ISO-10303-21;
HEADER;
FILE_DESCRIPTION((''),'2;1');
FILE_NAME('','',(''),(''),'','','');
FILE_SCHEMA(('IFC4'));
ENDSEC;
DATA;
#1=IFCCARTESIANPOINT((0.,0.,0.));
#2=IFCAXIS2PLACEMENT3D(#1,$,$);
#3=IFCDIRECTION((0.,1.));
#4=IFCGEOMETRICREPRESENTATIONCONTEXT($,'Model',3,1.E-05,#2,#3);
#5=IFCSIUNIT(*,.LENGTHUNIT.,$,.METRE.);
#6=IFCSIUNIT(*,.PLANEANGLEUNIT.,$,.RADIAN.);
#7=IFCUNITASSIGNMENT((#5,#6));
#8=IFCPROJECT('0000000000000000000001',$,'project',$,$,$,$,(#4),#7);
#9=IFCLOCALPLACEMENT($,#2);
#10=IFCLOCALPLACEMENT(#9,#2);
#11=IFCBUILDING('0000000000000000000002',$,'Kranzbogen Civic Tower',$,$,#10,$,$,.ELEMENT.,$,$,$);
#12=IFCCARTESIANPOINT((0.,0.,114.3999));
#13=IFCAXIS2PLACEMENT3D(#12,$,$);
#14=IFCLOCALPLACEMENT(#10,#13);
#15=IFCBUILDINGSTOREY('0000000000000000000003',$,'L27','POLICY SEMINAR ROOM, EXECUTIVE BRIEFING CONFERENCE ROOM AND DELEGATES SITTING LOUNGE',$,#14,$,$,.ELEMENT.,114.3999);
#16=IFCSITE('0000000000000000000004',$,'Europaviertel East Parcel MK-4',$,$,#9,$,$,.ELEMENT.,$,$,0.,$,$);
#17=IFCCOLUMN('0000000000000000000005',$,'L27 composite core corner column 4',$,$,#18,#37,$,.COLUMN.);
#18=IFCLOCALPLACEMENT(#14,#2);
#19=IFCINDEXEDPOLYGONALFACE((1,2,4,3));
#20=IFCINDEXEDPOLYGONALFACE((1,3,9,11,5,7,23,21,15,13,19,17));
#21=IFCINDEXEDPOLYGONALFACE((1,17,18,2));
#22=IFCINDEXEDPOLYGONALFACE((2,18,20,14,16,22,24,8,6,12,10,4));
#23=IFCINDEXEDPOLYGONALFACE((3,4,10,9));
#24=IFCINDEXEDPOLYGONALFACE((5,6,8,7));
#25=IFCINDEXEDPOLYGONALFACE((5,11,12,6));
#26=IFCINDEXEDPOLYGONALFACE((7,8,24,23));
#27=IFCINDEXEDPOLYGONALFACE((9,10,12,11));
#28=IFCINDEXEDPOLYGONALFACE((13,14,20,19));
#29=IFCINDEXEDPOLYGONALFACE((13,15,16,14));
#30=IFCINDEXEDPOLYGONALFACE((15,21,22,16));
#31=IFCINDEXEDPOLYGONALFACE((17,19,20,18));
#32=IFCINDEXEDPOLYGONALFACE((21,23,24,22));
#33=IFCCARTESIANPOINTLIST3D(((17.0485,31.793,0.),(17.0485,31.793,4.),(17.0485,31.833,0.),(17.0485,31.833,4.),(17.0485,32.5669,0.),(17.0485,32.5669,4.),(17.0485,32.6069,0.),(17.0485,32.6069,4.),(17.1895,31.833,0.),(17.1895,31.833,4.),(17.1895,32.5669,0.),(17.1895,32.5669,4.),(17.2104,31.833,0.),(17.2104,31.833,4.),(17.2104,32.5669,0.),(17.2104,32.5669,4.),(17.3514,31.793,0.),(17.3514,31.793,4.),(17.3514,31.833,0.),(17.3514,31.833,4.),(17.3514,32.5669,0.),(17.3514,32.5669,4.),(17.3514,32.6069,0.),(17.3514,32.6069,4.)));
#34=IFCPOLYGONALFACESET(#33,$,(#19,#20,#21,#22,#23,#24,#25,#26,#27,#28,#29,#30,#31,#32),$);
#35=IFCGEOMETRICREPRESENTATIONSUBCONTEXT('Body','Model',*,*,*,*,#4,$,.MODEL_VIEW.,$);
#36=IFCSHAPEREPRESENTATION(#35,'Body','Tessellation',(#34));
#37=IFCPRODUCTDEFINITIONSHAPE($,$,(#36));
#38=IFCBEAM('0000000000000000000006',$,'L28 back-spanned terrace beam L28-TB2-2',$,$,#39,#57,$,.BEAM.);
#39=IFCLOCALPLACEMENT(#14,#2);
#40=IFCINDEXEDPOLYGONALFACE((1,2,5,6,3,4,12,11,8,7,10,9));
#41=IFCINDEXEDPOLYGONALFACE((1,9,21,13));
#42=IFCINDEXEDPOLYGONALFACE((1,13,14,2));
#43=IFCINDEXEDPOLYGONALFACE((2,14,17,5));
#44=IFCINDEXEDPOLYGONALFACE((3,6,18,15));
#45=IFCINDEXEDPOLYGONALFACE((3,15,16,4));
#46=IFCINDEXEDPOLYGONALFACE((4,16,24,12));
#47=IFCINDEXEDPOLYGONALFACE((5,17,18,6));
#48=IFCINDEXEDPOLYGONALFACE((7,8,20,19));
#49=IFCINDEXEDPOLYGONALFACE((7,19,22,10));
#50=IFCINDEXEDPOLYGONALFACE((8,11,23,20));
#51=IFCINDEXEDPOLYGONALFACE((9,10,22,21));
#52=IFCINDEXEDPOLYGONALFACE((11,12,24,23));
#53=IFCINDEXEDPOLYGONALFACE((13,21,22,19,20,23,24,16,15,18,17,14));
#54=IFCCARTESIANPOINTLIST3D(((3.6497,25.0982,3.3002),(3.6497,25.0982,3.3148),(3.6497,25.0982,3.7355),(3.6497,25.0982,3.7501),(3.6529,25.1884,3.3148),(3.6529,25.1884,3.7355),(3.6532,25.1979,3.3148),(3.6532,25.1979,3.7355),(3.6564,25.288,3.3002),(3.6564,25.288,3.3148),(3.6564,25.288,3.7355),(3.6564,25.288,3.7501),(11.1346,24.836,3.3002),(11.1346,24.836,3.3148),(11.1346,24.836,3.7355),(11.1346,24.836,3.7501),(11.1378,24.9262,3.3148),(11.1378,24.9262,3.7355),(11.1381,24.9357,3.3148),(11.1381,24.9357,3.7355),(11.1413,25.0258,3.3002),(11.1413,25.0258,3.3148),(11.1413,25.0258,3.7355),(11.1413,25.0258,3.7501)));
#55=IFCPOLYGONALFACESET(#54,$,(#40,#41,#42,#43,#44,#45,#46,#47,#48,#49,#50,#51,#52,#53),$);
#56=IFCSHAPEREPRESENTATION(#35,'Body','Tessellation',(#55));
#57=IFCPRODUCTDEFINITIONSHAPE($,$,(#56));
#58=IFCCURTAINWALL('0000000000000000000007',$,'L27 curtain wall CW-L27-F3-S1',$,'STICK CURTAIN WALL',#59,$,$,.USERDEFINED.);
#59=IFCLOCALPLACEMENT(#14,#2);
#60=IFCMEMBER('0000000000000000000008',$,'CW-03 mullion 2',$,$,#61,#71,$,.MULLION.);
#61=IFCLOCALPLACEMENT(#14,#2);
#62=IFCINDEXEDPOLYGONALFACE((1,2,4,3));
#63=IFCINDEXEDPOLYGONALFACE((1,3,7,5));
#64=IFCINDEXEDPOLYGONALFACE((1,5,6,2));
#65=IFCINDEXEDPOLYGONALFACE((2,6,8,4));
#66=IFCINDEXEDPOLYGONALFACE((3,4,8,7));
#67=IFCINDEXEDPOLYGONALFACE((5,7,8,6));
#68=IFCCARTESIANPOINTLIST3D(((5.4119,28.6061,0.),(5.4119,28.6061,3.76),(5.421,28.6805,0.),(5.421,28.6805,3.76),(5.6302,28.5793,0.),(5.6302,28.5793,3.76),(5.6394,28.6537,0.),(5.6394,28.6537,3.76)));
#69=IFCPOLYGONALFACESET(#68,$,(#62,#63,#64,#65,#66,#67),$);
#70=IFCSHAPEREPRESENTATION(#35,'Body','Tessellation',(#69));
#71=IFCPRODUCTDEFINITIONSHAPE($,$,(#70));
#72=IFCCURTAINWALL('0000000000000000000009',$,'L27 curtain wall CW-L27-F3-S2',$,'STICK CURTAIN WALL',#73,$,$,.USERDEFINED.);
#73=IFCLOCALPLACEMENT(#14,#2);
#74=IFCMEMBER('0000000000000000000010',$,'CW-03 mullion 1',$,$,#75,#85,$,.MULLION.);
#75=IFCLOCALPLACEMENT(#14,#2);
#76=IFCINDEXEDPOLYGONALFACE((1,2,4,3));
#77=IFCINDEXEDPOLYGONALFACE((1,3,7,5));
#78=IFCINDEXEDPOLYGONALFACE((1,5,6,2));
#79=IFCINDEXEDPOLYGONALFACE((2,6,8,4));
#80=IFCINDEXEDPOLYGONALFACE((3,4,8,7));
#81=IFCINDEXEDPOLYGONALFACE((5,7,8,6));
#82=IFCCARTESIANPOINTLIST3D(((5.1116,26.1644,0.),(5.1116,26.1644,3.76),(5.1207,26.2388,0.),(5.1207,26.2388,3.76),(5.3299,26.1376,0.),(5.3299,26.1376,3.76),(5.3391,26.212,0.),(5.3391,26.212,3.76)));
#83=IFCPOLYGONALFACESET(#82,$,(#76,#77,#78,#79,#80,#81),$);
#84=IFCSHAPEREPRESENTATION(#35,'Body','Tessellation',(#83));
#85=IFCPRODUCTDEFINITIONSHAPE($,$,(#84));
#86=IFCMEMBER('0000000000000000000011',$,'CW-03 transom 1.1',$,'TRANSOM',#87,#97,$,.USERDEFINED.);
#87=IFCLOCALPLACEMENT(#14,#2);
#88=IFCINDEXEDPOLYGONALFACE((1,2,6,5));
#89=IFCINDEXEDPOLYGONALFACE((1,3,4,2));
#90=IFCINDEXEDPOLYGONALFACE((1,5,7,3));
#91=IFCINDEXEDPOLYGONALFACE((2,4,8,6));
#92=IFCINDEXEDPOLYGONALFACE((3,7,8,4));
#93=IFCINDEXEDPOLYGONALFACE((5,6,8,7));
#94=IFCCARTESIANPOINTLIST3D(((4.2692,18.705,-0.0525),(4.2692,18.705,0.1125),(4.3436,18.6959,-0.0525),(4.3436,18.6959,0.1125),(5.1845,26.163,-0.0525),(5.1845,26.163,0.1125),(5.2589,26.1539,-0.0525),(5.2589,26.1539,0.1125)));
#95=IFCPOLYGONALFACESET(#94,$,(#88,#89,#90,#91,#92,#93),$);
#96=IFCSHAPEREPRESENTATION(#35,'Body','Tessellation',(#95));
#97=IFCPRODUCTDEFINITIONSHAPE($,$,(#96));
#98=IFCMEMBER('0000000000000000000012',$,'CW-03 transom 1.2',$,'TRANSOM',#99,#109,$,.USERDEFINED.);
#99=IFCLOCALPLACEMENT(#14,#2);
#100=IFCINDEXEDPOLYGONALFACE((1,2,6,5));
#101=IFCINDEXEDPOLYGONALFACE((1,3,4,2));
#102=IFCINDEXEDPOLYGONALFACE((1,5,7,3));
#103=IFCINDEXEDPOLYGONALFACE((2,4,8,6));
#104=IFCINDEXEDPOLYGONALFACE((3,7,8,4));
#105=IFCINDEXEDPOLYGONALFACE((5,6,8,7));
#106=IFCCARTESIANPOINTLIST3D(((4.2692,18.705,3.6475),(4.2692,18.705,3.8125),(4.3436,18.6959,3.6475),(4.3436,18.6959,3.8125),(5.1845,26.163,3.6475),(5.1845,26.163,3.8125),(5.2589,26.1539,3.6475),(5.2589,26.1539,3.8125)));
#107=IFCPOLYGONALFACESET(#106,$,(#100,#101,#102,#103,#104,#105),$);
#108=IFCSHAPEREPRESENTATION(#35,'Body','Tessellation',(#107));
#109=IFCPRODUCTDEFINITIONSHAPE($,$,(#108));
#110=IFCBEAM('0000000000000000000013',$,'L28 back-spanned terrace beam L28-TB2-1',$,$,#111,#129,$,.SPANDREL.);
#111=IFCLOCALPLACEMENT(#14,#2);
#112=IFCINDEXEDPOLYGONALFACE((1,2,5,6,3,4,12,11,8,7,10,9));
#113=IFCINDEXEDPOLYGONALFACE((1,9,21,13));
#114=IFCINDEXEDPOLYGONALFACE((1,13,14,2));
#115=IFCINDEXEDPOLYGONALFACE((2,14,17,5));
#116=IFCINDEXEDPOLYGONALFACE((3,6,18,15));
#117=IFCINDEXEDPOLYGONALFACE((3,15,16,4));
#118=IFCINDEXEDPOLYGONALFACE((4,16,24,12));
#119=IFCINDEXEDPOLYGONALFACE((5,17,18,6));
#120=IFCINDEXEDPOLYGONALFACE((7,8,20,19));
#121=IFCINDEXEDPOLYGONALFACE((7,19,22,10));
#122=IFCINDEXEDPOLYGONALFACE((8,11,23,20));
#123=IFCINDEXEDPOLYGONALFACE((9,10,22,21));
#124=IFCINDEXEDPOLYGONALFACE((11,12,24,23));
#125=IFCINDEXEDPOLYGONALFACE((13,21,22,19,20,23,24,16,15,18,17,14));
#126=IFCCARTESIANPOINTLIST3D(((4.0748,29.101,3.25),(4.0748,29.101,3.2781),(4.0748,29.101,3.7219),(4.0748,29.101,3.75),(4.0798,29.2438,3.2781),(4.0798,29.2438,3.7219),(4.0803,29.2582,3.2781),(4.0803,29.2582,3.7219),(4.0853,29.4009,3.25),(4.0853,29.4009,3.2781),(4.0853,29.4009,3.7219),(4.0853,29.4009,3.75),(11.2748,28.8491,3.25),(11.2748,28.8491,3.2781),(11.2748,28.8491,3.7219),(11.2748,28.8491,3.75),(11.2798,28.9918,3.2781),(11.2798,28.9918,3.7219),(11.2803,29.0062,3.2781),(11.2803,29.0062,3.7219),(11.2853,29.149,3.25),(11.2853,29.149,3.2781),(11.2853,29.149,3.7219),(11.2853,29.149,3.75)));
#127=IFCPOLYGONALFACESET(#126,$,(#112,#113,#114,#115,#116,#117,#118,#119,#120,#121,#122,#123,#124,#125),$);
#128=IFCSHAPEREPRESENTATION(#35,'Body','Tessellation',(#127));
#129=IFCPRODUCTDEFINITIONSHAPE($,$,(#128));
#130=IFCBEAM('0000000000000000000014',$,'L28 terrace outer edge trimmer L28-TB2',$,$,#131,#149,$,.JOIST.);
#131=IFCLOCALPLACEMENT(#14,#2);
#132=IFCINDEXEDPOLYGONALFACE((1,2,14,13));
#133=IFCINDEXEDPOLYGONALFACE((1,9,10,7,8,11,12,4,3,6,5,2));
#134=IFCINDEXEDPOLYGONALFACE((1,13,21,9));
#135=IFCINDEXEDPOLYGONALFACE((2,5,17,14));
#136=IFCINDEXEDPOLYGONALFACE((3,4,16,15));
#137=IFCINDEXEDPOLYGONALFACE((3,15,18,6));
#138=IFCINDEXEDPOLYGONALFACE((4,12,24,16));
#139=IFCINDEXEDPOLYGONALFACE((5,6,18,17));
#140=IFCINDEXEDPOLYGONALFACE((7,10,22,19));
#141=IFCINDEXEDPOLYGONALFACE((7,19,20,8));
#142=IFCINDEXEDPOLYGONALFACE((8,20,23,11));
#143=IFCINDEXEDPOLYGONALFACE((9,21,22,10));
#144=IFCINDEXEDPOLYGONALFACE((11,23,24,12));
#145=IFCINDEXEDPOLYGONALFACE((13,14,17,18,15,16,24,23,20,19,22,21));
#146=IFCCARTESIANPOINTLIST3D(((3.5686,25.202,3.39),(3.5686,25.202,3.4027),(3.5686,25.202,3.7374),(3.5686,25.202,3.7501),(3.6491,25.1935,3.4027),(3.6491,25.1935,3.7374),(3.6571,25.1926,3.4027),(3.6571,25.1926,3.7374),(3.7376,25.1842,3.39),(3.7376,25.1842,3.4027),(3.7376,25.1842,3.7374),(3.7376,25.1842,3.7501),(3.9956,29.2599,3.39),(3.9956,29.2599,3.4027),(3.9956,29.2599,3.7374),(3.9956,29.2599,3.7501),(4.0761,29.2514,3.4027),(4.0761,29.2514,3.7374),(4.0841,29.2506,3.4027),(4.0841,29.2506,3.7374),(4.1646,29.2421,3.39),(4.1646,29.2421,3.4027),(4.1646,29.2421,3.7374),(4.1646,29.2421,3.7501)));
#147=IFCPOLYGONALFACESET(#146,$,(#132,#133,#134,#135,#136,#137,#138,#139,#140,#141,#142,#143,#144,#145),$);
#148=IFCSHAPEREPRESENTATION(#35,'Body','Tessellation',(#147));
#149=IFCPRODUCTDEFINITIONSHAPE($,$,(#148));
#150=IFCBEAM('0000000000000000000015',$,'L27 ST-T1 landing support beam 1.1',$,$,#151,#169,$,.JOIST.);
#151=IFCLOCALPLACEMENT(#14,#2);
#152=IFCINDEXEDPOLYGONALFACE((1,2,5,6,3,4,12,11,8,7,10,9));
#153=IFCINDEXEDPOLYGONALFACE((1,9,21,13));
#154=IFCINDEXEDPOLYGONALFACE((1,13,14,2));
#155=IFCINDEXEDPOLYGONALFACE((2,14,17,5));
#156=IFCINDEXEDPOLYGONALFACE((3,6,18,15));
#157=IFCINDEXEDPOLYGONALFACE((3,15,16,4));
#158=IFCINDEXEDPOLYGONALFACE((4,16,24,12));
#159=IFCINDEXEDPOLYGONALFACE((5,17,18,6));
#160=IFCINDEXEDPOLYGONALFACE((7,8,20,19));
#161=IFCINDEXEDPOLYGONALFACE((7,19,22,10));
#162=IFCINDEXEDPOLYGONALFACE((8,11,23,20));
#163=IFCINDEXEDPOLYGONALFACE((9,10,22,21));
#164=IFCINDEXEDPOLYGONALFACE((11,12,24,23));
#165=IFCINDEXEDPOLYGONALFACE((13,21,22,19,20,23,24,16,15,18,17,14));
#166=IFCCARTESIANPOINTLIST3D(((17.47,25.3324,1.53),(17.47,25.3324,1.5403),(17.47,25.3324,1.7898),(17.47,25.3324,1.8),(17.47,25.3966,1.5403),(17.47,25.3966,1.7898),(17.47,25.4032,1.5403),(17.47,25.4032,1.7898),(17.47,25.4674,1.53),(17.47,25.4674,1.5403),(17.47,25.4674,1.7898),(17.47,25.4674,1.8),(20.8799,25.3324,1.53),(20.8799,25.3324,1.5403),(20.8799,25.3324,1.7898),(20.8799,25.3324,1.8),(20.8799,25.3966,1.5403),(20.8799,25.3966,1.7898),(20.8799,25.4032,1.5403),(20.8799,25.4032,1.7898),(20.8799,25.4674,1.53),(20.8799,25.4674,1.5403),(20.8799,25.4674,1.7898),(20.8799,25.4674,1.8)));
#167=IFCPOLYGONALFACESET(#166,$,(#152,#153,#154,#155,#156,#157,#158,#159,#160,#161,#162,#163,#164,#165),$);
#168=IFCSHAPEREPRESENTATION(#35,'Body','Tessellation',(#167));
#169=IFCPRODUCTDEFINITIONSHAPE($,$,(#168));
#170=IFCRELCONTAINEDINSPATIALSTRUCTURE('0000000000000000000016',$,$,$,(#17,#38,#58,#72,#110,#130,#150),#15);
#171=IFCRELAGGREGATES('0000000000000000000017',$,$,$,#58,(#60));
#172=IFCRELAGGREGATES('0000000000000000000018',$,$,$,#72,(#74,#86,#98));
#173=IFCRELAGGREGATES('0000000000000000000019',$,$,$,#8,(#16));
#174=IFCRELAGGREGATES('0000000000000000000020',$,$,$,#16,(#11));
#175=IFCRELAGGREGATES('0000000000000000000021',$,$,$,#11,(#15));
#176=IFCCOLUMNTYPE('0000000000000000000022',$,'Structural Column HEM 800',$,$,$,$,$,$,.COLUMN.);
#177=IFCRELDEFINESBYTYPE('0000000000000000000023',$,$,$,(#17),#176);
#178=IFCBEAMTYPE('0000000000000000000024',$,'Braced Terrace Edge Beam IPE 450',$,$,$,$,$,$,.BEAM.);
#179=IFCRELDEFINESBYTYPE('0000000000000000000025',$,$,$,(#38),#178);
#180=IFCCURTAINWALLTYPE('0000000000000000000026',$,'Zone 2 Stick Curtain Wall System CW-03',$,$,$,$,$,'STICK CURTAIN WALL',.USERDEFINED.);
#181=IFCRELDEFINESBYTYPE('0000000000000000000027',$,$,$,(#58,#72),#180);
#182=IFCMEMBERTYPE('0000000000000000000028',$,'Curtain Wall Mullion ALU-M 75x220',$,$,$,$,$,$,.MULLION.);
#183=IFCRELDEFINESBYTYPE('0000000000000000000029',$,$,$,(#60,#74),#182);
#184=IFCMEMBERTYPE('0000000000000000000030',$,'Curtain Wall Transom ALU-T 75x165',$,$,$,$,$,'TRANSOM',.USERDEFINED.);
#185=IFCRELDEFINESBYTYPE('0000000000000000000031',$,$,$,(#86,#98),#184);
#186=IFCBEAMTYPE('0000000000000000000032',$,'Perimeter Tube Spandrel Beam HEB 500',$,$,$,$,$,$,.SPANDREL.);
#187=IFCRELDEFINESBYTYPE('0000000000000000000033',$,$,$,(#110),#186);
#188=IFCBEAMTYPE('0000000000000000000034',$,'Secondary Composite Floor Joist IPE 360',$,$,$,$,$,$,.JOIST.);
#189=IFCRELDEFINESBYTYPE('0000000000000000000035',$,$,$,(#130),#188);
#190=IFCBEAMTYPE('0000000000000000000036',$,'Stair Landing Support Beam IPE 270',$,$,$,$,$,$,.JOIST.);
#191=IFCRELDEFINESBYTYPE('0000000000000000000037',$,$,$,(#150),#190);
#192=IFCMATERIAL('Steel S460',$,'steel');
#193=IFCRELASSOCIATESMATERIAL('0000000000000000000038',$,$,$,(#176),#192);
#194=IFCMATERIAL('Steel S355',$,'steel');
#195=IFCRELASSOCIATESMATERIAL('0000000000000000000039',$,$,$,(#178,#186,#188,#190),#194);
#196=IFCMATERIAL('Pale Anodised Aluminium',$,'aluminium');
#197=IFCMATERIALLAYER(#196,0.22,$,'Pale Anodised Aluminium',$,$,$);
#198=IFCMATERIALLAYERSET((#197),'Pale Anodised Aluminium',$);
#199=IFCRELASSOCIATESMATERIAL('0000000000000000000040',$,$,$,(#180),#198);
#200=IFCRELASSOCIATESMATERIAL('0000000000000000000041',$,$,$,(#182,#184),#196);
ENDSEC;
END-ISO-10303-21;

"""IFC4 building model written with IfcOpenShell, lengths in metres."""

from ifc_helpers import new_model, si_unit, direction, frame, origin, origin_2d, place, context, subcontext, project, spatial, rectangle, i_section, extrude, material, layer, layer_set, material_profile, profile_set, type_object, element, aggregate, save


model = new_model("IFC4")

# Units and contexts
model_context = context("Model", 3, precision=1e-05, world=origin(), true_north=direction((0.0, 1.0)))
body_context = subcontext(model_context, "Body", "Model", "MODEL_VIEW")
ifc_project = project(units=[si_unit("LENGTHUNIT", "METRE"), si_unit("PLANEANGLEUNIT", "RADIAN")], contexts=[model_context])

# Site, building, storey
site_placement = place(None, origin())
site = spatial("IfcSite", under=ifc_project, at=site_placement, Name="Europaviertel East Parcel MK-4", CompositionType="ELEMENT", RefElevation=0.0)
building_placement = place(site_placement, origin())
building = spatial("IfcBuilding", under=site, at=building_placement, Name="Kranzbogen Civic Tower", CompositionType="ELEMENT")
storey_placement = place(building_placement, frame((0.0, 0.0, 114.3999)))
storey = spatial("IfcBuildingStorey", under=building, at=storey_placement, Name="L27", Description="POLICY SEMINAR ROOM, EXECUTIVE BRIEFING CONFERENCE ROOM AND DELEGATES SITTING LOUNGE", CompositionType="ELEMENT", Elevation=114.3999)

# Column
ifc_material_1 = material(Name="Steel S460", Category="steel")
ifc_material_profile_1 = material_profile(ifc_material_1, i_section(OverallWidth=0.303, OverallDepth=0.814, WebThickness=0.021, FlangeThickness=0.04, at=origin_2d()), Name="HEM 800")
ifc_profile_set_1 = profile_set([ifc_material_profile_1], Name="Steel S460")
column_type = type_object("IfcColumnType", Name="Structural Column HEM 800", PredefinedType="COLUMN", material=ifc_profile_set_1)
column_placement = place(storey_placement, frame((17.2, 32.2, 0.0), z_axis=(0.0, 0.0, 1.0), x_axis=(1.0, 0.0, 0.0)))
element("IfcColumn", 1, at=column_placement, inside=storey, type_object=column_type, Name="L27 composite core corner column 4", PredefinedType="COLUMN", context=body_context, shape_type="SweptSolid", body=[
    extrude(i_section(OverallWidth=0.303, OverallDepth=0.814, WebThickness=0.021, FlangeThickness=0.04, at=origin_2d()), origin(), (0.0, 0.0, 1.0), 4.0),
])

# Beam
ifc_material_2 = material(Name="Steel S355", Category="steel")
ifc_material_profile_2 = material_profile(ifc_material_2, i_section(OverallWidth=0.1899, OverallDepth=0.45, WebThickness=0.0095, FlangeThickness=0.0146, at=origin_2d()), Name="IPE 450")
ifc_profile_set_2 = profile_set([ifc_material_profile_2], Name="Steel S355")
beam_type_1 = type_object("IfcBeamType", Name="Braced Terrace Edge Beam IPE 450", PredefinedType="BEAM", material=ifc_profile_set_2)
beam_1_placement = place(storey_placement, frame((11.1379, 24.9309, 3.5251), z_axis=(-0.999387, 0.03501, 0.0), x_axis=(-0.03501, -0.999387, 0.0)))
element("IfcBeam", 2, at=beam_1_placement, inside=storey, type_object=beam_type_1, Name="L28 back-spanned terrace beam L28-TB2-2", PredefinedType="BEAM", context=body_context, shape_type="SweptSolid", body=[
    extrude(i_section(OverallWidth=0.1899, OverallDepth=0.45, WebThickness=0.0095, FlangeThickness=0.0146, at=origin_2d()), origin(), (0.0, 0.0, 1.0), 7.4895),
])

# Curtain wall, member
ifc_material_3 = material(Name="Pale Anodised Aluminium", Category="aluminium")
ifc_layer_1 = layer(ifc_material_3, 0.22, Name="Pale Anodised Aluminium")
ifc_layer_set_1 = layer_set([ifc_layer_1], Name="Pale Anodised Aluminium")
curtain_wall_type = type_object("IfcCurtainWallType", Name="Zone 2 Stick Curtain Wall System CW-03", ElementType="STICK CURTAIN WALL", PredefinedType="USERDEFINED", material=ifc_layer_set_1)
curtain_wall_1_placement = place(storey_placement, origin())
curtain_wall_1 = element("IfcCurtainWall", 3, at=curtain_wall_1_placement, inside=storey, type_object=curtain_wall_type, Name="L27 curtain wall CW-L27-F3-S1", ObjectType="STICK CURTAIN WALL", PredefinedType="USERDEFINED")
ifc_material_profile_3 = material_profile(ifc_material_3, rectangle(XDim=0.075, YDim=0.22, at=origin_2d()), Name="ALU-M 75x220")
ifc_profile_set_3 = profile_set([ifc_material_profile_3], Name="Pale Anodised Aluminium")
member_type_1 = type_object("IfcMemberType", Name="Curtain Wall Mullion ALU-M 75x220", PredefinedType="MULLION", material=ifc_profile_set_3)
member_1_placement = place(storey_placement, frame((5.5256, 28.6299, 0.0), z_axis=(0.0, 0.0, 1.0), x_axis=(-0.12181, -0.992553, 0.0)))
member_1 = element("IfcMember", 4, at=member_1_placement, type_object=member_type_1, Name="CW-03 mullion 2", PredefinedType="MULLION", context=body_context, shape_type="SweptSolid", body=[
    extrude(rectangle(XDim=0.075, YDim=0.22, at=origin_2d()), origin(), (0.0, 0.0, 1.0), 3.76),
])
aggregate(curtain_wall_1, [member_1])

# Curtain wall, members
curtain_wall_2_placement = place(storey_placement, origin())
curtain_wall_2 = element("IfcCurtainWall", 5, at=curtain_wall_2_placement, inside=storey, type_object=curtain_wall_type, Name="L27 curtain wall CW-L27-F3-S2", ObjectType="STICK CURTAIN WALL", PredefinedType="USERDEFINED")
member_2_placement = place(storey_placement, frame((5.2253, 26.1882, 0.0), z_axis=(0.0, 0.0, 1.0), x_axis=(-0.121826, -0.992552, 0.0)))
member_2 = element("IfcMember", 6, at=member_2_placement, type_object=member_type_1, Name="CW-03 mullion 1", PredefinedType="MULLION", context=body_context, shape_type="SweptSolid", body=[
    extrude(rectangle(XDim=0.075, YDim=0.22, at=origin_2d()), origin(), (0.0, 0.0, 1.0), 3.76),
])
ifc_material_profile_4 = material_profile(ifc_material_3, rectangle(XDim=0.075, YDim=0.165, at=origin_2d()), Name="ALU-T 75x165")
ifc_profile_set_4 = profile_set([ifc_material_profile_4], Name="Pale Anodised Aluminium")
member_type_2 = type_object("IfcMemberType", Name="Curtain Wall Transom ALU-T 75x165", ElementType="TRANSOM", PredefinedType="USERDEFINED", material=ifc_profile_set_4)
member_3_placement = place(storey_placement, frame((5.2217, 26.1584, 0.03), z_axis=(-0.121811, -0.992553, 0.0), x_axis=(0.992553, -0.121811, 0.0)))
member_3 = element("IfcMember", 7, at=member_3_placement, type_object=member_type_2, Name="CW-03 transom 1.1", ObjectType="TRANSOM", PredefinedType="USERDEFINED", context=body_context, shape_type="SweptSolid", body=[
    extrude(rectangle(XDim=0.075, YDim=0.165, at=origin_2d()), origin(), (0.0, 0.0, 1.0), 7.5139),
])
member_4_placement = place(storey_placement, frame((5.2217, 26.1584, 3.73), z_axis=(-0.121811, -0.992553, 0.0), x_axis=(0.992553, -0.121811, 0.0)))
member_4 = element("IfcMember", 8, at=member_4_placement, type_object=member_type_2, Name="CW-03 transom 1.2", ObjectType="TRANSOM", PredefinedType="USERDEFINED", context=body_context, shape_type="SweptSolid", body=[
    extrude(rectangle(XDim=0.075, YDim=0.165, at=origin_2d()), origin(), (0.0, 0.0, 1.0), 7.5139),
])
aggregate(curtain_wall_2, [member_2, member_3, member_4])

# Beams
ifc_material_profile_5 = material_profile(ifc_material_2, i_section(OverallWidth=0.3, OverallDepth=0.5, WebThickness=0.0144, FlangeThickness=0.0281, at=origin_2d()), Name="HEB 500")
ifc_profile_set_5 = profile_set([ifc_material_profile_5], Name="Steel S355")
beam_type_2 = type_object("IfcBeamType", Name="Perimeter Tube Spandrel Beam HEB 500", PredefinedType="SPANDREL", material=ifc_profile_set_5)
beam_2_placement = place(storey_placement, frame((11.28, 28.999, 3.5), z_axis=(-0.999388, 0.034972, 0.0), x_axis=(-0.034972, -0.999388, 0.0)))
element("IfcBeam", 9, at=beam_2_placement, inside=storey, type_object=beam_type_2, Name="L28 back-spanned terrace beam L28-TB2-1", PredefinedType="SPANDREL", context=body_context, shape_type="SweptSolid", body=[
    extrude(i_section(OverallWidth=0.3, OverallDepth=0.5, WebThickness=0.0144, FlangeThickness=0.0281, at=origin_2d()), origin(), (0.0, 0.0, 1.0), 7.2043),
])
ifc_material_profile_6 = material_profile(ifc_material_2, i_section(OverallWidth=0.1699, OverallDepth=0.3601, WebThickness=0.0081, FlangeThickness=0.0127, at=origin_2d()), Name="IPE 360")
ifc_profile_set_6 = profile_set([ifc_material_profile_6], Name="Steel S355")
beam_type_3 = type_object("IfcBeamType", Name="Secondary Composite Floor Joist IPE 360", PredefinedType="JOIST", material=ifc_profile_set_6)
beam_3_placement = place(storey_placement, frame((4.0801, 29.251, 3.5701), z_axis=(-0.104651, -0.994509, 0.0), x_axis=(0.994509, -0.104651, 0.0)))
element("IfcBeam", 10, at=beam_3_placement, inside=storey, type_object=beam_type_3, Name="L28 terrace outer edge trimmer L28-TB2", PredefinedType="JOIST", context=body_context, shape_type="SweptSolid", body=[
    extrude(i_section(OverallWidth=0.1699, OverallDepth=0.3601, WebThickness=0.0081, FlangeThickness=0.0127, at=origin_2d()), origin(), (0.0, 0.0, 1.0), 4.0803),
])
ifc_material_profile_7 = material_profile(ifc_material_2, i_section(OverallWidth=0.135, OverallDepth=0.27, WebThickness=0.0066, FlangeThickness=0.0103, at=origin_2d()), Name="IPE 270")
ifc_profile_set_7 = profile_set([ifc_material_profile_7], Name="Steel S355")
beam_type_4 = type_object("IfcBeamType", Name="Stair Landing Support Beam IPE 270", PredefinedType="JOIST", material=ifc_profile_set_7)
for number, where, z_axis, x_axis, name in (
    (11, (20.8799, 25.3999, 1.665), (-1.0, 0.0, 0.0), (0.0, -1.0, 0.0), "L27 ST-T1 landing support beam 1.1"),
):
    element("IfcBeam", number, at=place(storey_placement, frame(where, z_axis=z_axis, x_axis=x_axis)), inside=storey, type_object=beam_type_4, Name=name, PredefinedType="JOIST", context=body_context, shape_type="SweptSolid", body=[
        extrude(i_section(OverallWidth=0.135, OverallDepth=0.27, WebThickness=0.0066, FlangeThickness=0.0103, at=origin_2d()), origin(), (0.0, 0.0, 1.0), 3.4099),
    ])

save(model, "model.ifc")
